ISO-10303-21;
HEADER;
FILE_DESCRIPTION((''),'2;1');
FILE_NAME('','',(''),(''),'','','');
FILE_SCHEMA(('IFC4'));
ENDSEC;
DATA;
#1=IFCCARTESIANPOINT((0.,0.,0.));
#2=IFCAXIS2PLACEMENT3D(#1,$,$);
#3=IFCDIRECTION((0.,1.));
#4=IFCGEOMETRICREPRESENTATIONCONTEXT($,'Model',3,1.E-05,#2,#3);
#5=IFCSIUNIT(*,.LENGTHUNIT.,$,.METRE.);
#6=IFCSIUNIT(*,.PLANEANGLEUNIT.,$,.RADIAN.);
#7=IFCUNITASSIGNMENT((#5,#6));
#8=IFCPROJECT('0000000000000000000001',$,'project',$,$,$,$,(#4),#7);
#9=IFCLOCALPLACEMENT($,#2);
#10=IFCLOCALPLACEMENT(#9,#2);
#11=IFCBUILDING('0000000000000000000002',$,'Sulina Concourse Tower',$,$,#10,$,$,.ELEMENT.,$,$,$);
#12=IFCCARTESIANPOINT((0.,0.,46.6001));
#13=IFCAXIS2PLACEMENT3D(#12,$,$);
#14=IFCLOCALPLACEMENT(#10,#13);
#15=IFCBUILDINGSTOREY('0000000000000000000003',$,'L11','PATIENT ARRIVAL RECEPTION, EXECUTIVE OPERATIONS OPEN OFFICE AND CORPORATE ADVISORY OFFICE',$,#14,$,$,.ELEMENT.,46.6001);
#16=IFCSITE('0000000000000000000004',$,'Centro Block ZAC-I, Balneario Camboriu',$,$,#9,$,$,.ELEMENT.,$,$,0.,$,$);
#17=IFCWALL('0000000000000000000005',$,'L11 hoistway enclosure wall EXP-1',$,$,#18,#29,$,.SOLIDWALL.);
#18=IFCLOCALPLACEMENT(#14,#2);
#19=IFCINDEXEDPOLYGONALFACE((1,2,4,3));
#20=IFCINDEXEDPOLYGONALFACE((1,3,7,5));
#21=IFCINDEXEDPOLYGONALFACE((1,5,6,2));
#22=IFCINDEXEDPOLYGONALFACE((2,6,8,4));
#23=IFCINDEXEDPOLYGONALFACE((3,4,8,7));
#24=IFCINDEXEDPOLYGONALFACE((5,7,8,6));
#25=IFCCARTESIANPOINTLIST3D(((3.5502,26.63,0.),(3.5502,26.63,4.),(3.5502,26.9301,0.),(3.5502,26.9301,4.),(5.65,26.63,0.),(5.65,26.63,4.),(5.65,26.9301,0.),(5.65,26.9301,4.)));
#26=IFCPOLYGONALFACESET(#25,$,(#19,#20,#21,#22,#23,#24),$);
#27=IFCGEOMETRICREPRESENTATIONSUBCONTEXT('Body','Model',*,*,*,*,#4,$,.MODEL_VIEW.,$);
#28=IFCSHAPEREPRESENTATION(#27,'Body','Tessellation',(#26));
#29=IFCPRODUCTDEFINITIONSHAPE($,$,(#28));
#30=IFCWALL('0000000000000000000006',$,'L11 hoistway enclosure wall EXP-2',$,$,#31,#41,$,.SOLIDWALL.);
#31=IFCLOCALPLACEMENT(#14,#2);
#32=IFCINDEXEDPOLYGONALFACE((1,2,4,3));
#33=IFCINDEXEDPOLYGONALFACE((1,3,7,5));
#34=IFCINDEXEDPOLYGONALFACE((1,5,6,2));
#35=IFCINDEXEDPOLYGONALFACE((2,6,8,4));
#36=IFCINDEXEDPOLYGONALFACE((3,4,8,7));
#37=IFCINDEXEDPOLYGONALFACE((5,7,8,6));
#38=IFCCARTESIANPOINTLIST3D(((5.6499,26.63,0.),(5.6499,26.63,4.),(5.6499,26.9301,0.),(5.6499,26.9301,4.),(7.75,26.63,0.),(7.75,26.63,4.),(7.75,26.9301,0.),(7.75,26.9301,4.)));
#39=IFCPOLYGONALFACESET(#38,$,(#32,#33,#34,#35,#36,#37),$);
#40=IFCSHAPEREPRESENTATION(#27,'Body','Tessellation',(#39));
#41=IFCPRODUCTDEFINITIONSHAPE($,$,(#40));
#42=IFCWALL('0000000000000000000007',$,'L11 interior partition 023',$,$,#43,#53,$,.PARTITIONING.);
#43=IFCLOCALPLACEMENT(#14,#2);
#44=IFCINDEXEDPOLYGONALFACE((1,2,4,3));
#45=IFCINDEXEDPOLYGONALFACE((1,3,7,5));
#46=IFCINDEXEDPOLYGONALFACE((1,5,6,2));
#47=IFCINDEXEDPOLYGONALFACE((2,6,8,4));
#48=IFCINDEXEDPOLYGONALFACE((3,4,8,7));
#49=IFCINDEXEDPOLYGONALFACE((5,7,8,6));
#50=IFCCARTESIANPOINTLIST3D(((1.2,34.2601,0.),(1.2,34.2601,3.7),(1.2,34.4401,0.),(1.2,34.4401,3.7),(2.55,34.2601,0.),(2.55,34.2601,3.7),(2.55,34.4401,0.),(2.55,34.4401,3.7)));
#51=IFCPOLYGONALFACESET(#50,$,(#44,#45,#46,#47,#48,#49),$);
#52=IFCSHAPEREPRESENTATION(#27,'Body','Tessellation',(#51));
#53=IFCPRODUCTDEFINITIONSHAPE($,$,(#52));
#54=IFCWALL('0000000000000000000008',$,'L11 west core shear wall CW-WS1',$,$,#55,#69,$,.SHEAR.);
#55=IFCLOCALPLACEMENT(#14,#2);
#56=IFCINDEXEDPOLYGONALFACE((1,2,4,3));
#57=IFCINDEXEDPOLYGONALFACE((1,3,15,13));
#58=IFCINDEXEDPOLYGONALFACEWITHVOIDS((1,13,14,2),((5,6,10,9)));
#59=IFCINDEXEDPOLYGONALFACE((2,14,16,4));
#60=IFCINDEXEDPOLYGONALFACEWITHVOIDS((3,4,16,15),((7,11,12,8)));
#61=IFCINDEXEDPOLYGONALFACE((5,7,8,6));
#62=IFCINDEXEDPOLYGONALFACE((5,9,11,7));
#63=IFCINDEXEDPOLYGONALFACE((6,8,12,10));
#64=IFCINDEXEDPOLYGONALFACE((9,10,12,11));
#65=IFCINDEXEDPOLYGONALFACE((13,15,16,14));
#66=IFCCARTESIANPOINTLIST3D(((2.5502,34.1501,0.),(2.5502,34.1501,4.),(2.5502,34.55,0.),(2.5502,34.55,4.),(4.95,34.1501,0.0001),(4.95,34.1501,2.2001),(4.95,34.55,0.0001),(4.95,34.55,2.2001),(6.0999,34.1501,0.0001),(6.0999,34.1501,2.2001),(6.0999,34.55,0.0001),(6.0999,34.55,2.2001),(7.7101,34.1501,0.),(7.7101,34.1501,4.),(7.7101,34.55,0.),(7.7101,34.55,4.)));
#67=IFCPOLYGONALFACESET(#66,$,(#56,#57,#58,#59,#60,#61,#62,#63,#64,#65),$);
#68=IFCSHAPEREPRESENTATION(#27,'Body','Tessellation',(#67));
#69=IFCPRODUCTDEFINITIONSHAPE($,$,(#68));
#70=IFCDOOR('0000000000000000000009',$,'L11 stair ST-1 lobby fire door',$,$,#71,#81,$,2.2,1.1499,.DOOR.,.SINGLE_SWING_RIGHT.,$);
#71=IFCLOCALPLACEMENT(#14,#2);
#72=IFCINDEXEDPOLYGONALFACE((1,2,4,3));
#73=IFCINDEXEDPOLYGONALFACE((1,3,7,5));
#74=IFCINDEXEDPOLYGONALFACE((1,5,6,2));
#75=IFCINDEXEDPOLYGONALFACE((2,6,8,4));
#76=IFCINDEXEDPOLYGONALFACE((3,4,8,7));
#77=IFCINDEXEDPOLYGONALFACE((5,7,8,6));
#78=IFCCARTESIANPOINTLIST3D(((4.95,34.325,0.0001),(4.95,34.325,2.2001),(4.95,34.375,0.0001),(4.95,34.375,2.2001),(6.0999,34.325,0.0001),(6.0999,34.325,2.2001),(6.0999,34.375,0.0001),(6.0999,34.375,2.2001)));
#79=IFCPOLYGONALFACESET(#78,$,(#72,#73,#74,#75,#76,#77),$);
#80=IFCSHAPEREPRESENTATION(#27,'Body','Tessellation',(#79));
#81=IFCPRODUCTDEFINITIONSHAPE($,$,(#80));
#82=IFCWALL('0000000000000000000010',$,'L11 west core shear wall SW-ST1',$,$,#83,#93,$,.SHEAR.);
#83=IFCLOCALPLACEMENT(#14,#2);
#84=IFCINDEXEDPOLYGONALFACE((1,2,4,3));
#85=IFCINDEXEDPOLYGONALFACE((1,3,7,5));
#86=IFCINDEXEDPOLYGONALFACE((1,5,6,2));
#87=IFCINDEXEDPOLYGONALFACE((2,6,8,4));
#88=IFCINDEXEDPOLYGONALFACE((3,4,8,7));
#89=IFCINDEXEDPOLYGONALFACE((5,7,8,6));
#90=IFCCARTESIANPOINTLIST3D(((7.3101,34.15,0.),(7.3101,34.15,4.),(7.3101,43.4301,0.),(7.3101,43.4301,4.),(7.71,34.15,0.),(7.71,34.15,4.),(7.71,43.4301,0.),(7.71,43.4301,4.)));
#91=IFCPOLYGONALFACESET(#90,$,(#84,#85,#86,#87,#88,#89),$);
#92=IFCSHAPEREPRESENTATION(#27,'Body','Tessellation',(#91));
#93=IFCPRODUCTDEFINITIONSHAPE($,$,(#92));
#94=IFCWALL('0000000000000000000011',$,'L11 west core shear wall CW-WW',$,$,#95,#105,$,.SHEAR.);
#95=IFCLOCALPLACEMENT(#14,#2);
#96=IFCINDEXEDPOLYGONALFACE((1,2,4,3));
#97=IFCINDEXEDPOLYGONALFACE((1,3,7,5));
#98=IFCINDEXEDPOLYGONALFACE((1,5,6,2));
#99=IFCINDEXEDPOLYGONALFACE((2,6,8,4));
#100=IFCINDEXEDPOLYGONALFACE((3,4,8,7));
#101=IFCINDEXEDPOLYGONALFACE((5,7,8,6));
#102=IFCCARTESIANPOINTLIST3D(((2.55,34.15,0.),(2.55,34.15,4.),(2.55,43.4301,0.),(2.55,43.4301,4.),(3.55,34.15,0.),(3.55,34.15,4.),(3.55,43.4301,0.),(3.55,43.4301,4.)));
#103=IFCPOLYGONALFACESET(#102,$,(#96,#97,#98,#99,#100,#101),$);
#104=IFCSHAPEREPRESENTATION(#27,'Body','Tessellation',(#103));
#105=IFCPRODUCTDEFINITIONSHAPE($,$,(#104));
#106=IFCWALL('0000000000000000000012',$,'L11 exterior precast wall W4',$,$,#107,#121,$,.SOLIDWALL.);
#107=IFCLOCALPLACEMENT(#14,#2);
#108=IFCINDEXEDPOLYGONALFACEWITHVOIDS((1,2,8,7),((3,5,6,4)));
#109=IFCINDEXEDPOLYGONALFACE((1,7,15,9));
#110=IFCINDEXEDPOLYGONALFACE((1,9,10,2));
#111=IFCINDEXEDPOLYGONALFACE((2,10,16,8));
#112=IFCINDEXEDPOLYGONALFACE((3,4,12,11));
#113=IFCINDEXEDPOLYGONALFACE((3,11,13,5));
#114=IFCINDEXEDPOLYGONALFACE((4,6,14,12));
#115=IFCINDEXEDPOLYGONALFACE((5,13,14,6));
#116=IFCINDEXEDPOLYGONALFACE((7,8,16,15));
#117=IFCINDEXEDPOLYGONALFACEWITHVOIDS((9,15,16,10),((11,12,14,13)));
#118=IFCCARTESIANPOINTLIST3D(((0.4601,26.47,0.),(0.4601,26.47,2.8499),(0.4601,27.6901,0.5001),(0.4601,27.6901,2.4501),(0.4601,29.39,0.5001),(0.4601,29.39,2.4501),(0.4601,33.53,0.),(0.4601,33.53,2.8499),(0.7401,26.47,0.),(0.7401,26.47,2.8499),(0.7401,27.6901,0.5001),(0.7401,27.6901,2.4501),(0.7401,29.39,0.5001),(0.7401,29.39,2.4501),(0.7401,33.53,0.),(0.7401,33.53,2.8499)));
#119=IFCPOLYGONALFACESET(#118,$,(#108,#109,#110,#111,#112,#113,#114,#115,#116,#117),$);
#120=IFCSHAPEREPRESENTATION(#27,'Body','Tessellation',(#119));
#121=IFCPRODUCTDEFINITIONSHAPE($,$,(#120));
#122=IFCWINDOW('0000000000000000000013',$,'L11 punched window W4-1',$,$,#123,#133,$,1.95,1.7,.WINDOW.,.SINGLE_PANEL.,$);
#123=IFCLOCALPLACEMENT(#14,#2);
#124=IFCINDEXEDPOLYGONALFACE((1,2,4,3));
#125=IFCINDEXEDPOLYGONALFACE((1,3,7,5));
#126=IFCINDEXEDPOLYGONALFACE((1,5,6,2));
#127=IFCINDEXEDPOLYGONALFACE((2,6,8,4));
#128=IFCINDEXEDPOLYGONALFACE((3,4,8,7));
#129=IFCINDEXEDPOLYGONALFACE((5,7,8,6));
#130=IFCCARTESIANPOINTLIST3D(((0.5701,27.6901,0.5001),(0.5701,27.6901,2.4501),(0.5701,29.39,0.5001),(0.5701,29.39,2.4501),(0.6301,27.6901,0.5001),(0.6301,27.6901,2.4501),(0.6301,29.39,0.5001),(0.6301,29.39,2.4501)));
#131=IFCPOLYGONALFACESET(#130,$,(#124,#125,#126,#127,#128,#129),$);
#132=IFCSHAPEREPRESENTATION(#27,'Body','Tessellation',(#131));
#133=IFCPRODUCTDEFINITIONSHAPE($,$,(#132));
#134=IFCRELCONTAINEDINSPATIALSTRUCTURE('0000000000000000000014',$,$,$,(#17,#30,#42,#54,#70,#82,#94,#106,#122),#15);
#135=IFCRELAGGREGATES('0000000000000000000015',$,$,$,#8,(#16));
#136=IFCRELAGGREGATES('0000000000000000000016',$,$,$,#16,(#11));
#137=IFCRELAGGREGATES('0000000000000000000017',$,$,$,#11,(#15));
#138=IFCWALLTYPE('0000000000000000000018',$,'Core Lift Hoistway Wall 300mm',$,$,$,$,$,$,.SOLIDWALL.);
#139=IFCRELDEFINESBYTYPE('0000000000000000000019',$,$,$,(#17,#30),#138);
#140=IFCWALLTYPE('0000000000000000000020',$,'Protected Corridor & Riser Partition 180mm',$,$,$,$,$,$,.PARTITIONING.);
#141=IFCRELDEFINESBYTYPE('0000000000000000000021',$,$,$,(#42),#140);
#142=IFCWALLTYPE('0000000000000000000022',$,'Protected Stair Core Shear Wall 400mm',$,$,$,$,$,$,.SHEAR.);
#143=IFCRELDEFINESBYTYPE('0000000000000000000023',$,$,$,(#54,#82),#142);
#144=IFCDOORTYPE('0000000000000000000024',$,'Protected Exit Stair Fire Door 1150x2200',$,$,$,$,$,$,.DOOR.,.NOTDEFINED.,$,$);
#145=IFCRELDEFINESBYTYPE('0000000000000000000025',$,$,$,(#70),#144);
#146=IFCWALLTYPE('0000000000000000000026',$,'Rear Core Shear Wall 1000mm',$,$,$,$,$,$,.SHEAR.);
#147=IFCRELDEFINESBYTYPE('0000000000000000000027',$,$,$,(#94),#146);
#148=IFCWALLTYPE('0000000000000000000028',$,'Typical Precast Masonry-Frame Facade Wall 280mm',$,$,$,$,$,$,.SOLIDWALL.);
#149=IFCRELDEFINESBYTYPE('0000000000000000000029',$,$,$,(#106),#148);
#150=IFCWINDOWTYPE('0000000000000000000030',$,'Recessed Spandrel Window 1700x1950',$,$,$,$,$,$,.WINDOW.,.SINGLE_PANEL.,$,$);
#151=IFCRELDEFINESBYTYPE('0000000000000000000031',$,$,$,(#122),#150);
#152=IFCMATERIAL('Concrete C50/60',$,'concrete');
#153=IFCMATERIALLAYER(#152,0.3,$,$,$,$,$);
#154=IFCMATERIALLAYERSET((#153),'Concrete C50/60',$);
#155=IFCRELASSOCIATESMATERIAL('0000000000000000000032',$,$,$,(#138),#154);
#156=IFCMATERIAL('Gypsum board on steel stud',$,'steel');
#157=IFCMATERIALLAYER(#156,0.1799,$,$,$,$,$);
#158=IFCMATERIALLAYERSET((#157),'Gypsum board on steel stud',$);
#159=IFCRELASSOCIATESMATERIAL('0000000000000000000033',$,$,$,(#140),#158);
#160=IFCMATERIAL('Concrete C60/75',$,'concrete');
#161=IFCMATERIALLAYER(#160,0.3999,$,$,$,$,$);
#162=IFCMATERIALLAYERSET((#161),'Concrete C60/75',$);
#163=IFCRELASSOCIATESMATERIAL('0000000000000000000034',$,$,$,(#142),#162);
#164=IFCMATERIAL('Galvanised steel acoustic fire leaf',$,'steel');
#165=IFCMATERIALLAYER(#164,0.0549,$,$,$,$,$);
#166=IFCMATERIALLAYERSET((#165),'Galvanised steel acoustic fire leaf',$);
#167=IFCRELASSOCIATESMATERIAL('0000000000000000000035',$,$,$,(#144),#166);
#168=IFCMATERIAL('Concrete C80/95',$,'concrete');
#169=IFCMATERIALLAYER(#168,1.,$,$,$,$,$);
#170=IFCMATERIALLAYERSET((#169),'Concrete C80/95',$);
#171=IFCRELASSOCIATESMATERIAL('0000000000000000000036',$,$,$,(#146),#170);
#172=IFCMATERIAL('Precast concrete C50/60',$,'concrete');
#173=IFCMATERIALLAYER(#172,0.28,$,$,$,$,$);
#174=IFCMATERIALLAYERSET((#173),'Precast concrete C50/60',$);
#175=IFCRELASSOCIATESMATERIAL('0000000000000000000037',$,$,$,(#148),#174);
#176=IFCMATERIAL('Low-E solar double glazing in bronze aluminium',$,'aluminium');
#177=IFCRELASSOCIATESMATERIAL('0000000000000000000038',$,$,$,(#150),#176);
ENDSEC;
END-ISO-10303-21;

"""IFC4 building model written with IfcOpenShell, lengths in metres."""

from ifc_helpers import new_model, si_unit, direction, frame, frame_2d, origin, place, context, subcontext, project, spatial, rectangle, extrude, material, layer, layer_set, type_object, element, fill, save


model = new_model("IFC4")

# Units and contexts
model_context = context("Model", 3, precision=1e-05, world=origin(), true_north=direction((0.0, 1.0)))
body_context = subcontext(model_context, "Body", "Model", "MODEL_VIEW")
ifc_project = project(units=[si_unit("LENGTHUNIT", "METRE"), si_unit("PLANEANGLEUNIT", "RADIAN")], contexts=[model_context])

# Site, building, storey
site_placement = place(None, origin())
site = spatial("IfcSite", under=ifc_project, at=site_placement, Name="Centro Block ZAC-I, Balneario Camboriu", CompositionType="ELEMENT", RefElevation=0.0)
building_placement = place(site_placement, origin())
building = spatial("IfcBuilding", under=site, at=building_placement, Name="Sulina Concourse Tower", CompositionType="ELEMENT")
storey_placement = place(building_placement, frame((0.0, 0.0, 46.6001)))
storey = spatial("IfcBuildingStorey", under=building, at=storey_placement, Name="L11", Description="PATIENT ARRIVAL RECEPTION, EXECUTIVE OPERATIONS OPEN OFFICE AND CORPORATE ADVISORY OFFICE", CompositionType="ELEMENT", Elevation=46.6001)

# Walls
ifc_material_1 = material(Name="Concrete C50/60", Category="concrete")
ifc_layer_1 = layer(ifc_material_1, 0.3)
ifc_layer_set_1 = layer_set([ifc_layer_1], Name="Concrete C50/60")
wall_type_1 = type_object("IfcWallType", Name="Core Lift Hoistway Wall 300mm", PredefinedType="SOLIDWALL", material=ifc_layer_set_1)
wall_1_placement = place(storey_placement, frame((5.6499, 26.78, 0.0), z_axis=(0.0, 0.0, 1.0), x_axis=(-1.0, 0.0, 0.0)))
element("IfcWall", 1, at=wall_1_placement, inside=storey, type_object=wall_type_1, Name="L11 hoistway enclosure wall EXP-1", PredefinedType="SOLIDWALL", context=body_context, shape_type="SweptSolid", body=[
    extrude(rectangle(XDim=2.0999, YDim=0.3, at=frame_2d((1.0498, 0.0))), origin(), (0.0, 0.0, 1.0), 4.0),
])
wall_2_placement = place(storey_placement, frame((7.75, 26.78, 0.0), z_axis=(0.0, 0.0, 1.0), x_axis=(-1.0, 0.0, 0.0)))
element("IfcWall", 2, at=wall_2_placement, inside=storey, type_object=wall_type_1, Name="L11 hoistway enclosure wall EXP-2", PredefinedType="SOLIDWALL", context=body_context, shape_type="SweptSolid", body=[
    extrude(rectangle(XDim=2.1001, YDim=0.3, at=frame_2d((1.05, 0.0))), origin(), (0.0, 0.0, 1.0), 4.0),
])
ifc_material_2 = material(Name="Gypsum board on steel stud", Category="steel")
ifc_layer_2 = layer(ifc_material_2, 0.1799)
ifc_layer_set_2 = layer_set([ifc_layer_2], Name="Gypsum board on steel stud")
wall_type_2 = type_object("IfcWallType", Name="Protected Corridor & Riser Partition 180mm", PredefinedType="PARTITIONING", material=ifc_layer_set_2)
wall_3_placement = place(storey_placement, frame((1.2, 34.3501, 0.0), z_axis=(0.0, 0.0, 1.0), x_axis=(1.0, 0.0, 0.0)))
element("IfcWall", 3, at=wall_3_placement, inside=storey, type_object=wall_type_2, Name="L11 interior partition 023", PredefinedType="PARTITIONING", context=body_context, shape_type="SweptSolid", body=[
    extrude(rectangle(XDim=1.3501, YDim=0.1799, at=frame_2d((0.675, 0.0))), origin(), (0.0, 0.0, 1.0), 3.7),
])

# Wall, opening, door
ifc_material_3 = material(Name="Concrete C60/75", Category="concrete")
ifc_layer_3 = layer(ifc_material_3, 0.3999)
ifc_layer_set_3 = layer_set([ifc_layer_3], Name="Concrete C60/75")
wall_type_3 = type_object("IfcWallType", Name="Protected Stair Core Shear Wall 400mm", PredefinedType="SHEAR", material=ifc_layer_set_3)
wall_4_placement = place(storey_placement, frame((2.55, 34.3501, 0.0), z_axis=(0.0, 0.0, 1.0), x_axis=(1.0, 0.0, 0.0)))
wall_4 = element("IfcWall", 4, at=wall_4_placement, inside=storey, type_object=wall_type_3, Name="L11 west core shear wall CW-WS1", PredefinedType="SHEAR", context=body_context, shape_type="SweptSolid", body=[
    extrude(rectangle(XDim=5.1599, YDim=0.3999, at=frame_2d((2.5801, 0.0))), origin(), (0.0, 0.0, 1.0), 4.0),
])
opening_1_placement = place(wall_4_placement, frame((2.3999, 0.0, 0.0)))
opening_1 = element("IfcOpeningElement", 5, at=opening_1_placement, cuts=wall_4, PredefinedType="OPENING", context=body_context, shape_type="SweptSolid", body=[
    extrude(rectangle(XDim=1.1499, YDim=2.2, at=frame_2d((0.575, 1.1001))), frame((0.0, 0.21, 0.0), z_axis=(0.0, -1.0, 0.0), x_axis=(1.0, 0.0, 0.0)), (0.0, 0.0, 1.0), 0.4199),
])
ifc_material_4 = material(Name="Galvanised steel acoustic fire leaf", Category="steel")
ifc_layer_4 = layer(ifc_material_4, 0.0549)
ifc_layer_set_4 = layer_set([ifc_layer_4], Name="Galvanised steel acoustic fire leaf")
door_type = type_object("IfcDoorType", Name="Protected Exit Stair Fire Door 1150x2200", OperationType="NOTDEFINED", PredefinedType="DOOR", material=ifc_layer_set_4)
door_placement = place(opening_1_placement, origin())
door = element("IfcDoor", 6, at=door_placement, inside=storey, type_object=door_type, Name="L11 stair ST-1 lobby fire door", OperationType="SINGLE_SWING_RIGHT", OverallHeight=2.2, OverallWidth=1.1499, PredefinedType="DOOR", context=body_context, shape_type="SweptSolid", body=[
    extrude(rectangle(XDim=1.1499, YDim=2.2, at=frame_2d((0.575, 1.1001))), frame((0.0, 0.0249, 0.0), z_axis=(0.0, -1.0, 0.0), x_axis=(1.0, 0.0, 0.0)), (0.0, 0.0, 1.0), 0.05),
])
fill(opening_1, door)

# Walls
wall_5_placement = place(storey_placement, frame((7.51, 34.1499, 0.0), z_axis=(0.0, 0.0, 1.0), x_axis=(0.0, 1.0, 0.0)))
element("IfcWall", 7, at=wall_5_placement, inside=storey, type_object=wall_type_3, Name="L11 west core shear wall SW-ST1", PredefinedType="SHEAR", context=body_context, shape_type="SweptSolid", body=[
    extrude(rectangle(XDim=9.28, YDim=0.3999, at=frame_2d((4.6401, 0.0))), origin(), (0.0, 0.0, 1.0), 4.0),
])
ifc_material_5 = material(Name="Concrete C80/95", Category="concrete")
ifc_layer_5 = layer(ifc_material_5, 1.0)
ifc_layer_set_5 = layer_set([ifc_layer_5], Name="Concrete C80/95")
wall_type_4 = type_object("IfcWallType", Name="Rear Core Shear Wall 1000mm", PredefinedType="SHEAR", material=ifc_layer_set_5)
wall_6_placement = place(storey_placement, frame((3.05, 34.1499, 0.0), z_axis=(0.0, 0.0, 1.0), x_axis=(0.0, 1.0, 0.0)))
element("IfcWall", 8, at=wall_6_placement, inside=storey, type_object=wall_type_4, Name="L11 west core shear wall CW-WW", PredefinedType="SHEAR", context=body_context, shape_type="SweptSolid", body=[
    extrude(rectangle(XDim=9.28, YDim=1.0, at=frame_2d((4.6401, 0.0))), origin(), (0.0, 0.0, 1.0), 4.0),
])

# Wall, opening, window
ifc_material_6 = material(Name="Precast concrete C50/60", Category="concrete")
ifc_layer_6 = layer(ifc_material_6, 0.28)
ifc_layer_set_6 = layer_set([ifc_layer_6], Name="Precast concrete C50/60")
wall_type_5 = type_object("IfcWallType", Name="Typical Precast Masonry-Frame Facade Wall 280mm", PredefinedType="SOLIDWALL", material=ifc_layer_set_6)
wall_7_placement = place(storey_placement, frame((0.6001, 26.47, 0.0), z_axis=(0.0, 0.0, 1.0), x_axis=(0.0, 1.0, 0.0)))
wall_7 = element("IfcWall", 9, at=wall_7_placement, inside=storey, type_object=wall_type_5, Name="L11 exterior precast wall W4", PredefinedType="SOLIDWALL", context=body_context, shape_type="SweptSolid", body=[
    extrude(rectangle(XDim=7.0601, YDim=0.28, at=frame_2d((3.53, 0.0))), origin(), (0.0, 0.0, 1.0), 2.8499),
])
opening_2_placement = place(wall_7_placement, frame((1.22, 0.0, 0.5)))
opening_2 = element("IfcOpeningElement", 10, at=opening_2_placement, cuts=wall_7, PredefinedType="OPENING", context=body_context, shape_type="SweptSolid", body=[
    extrude(rectangle(XDim=1.7, YDim=1.95, at=frame_2d((0.8501, 0.9751))), frame((0.0, 0.1499, 0.0), z_axis=(0.0, -1.0, 0.0), x_axis=(1.0, 0.0, 0.0)), (0.0, 0.0, 1.0), 0.3),
])
ifc_material_7 = material(Name="Low-E solar double glazing in bronze aluminium", Category="aluminium")
window_type = type_object("IfcWindowType", Name="Recessed Spandrel Window 1700x1950", PartitioningType="SINGLE_PANEL", PredefinedType="WINDOW", material=ifc_material_7)
window_placement = place(opening_2_placement, origin())
window = element("IfcWindow", 11, at=window_placement, inside=storey, type_object=window_type, Name="L11 punched window W4-1", OverallHeight=1.95, OverallWidth=1.7, PartitioningType="SINGLE_PANEL", PredefinedType="WINDOW", context=body_context, shape_type="SweptSolid", body=[
    extrude(rectangle(XDim=1.7, YDim=1.95, at=frame_2d((0.8501, 0.9751))), frame((0.0, 0.03, 0.0), z_axis=(0.0, -1.0, 0.0), x_axis=(1.0, 0.0, 0.0)), (0.0, 0.0, 1.0), 0.0601),
])
fill(opening_2, window)

save(model, "model.ifc")
